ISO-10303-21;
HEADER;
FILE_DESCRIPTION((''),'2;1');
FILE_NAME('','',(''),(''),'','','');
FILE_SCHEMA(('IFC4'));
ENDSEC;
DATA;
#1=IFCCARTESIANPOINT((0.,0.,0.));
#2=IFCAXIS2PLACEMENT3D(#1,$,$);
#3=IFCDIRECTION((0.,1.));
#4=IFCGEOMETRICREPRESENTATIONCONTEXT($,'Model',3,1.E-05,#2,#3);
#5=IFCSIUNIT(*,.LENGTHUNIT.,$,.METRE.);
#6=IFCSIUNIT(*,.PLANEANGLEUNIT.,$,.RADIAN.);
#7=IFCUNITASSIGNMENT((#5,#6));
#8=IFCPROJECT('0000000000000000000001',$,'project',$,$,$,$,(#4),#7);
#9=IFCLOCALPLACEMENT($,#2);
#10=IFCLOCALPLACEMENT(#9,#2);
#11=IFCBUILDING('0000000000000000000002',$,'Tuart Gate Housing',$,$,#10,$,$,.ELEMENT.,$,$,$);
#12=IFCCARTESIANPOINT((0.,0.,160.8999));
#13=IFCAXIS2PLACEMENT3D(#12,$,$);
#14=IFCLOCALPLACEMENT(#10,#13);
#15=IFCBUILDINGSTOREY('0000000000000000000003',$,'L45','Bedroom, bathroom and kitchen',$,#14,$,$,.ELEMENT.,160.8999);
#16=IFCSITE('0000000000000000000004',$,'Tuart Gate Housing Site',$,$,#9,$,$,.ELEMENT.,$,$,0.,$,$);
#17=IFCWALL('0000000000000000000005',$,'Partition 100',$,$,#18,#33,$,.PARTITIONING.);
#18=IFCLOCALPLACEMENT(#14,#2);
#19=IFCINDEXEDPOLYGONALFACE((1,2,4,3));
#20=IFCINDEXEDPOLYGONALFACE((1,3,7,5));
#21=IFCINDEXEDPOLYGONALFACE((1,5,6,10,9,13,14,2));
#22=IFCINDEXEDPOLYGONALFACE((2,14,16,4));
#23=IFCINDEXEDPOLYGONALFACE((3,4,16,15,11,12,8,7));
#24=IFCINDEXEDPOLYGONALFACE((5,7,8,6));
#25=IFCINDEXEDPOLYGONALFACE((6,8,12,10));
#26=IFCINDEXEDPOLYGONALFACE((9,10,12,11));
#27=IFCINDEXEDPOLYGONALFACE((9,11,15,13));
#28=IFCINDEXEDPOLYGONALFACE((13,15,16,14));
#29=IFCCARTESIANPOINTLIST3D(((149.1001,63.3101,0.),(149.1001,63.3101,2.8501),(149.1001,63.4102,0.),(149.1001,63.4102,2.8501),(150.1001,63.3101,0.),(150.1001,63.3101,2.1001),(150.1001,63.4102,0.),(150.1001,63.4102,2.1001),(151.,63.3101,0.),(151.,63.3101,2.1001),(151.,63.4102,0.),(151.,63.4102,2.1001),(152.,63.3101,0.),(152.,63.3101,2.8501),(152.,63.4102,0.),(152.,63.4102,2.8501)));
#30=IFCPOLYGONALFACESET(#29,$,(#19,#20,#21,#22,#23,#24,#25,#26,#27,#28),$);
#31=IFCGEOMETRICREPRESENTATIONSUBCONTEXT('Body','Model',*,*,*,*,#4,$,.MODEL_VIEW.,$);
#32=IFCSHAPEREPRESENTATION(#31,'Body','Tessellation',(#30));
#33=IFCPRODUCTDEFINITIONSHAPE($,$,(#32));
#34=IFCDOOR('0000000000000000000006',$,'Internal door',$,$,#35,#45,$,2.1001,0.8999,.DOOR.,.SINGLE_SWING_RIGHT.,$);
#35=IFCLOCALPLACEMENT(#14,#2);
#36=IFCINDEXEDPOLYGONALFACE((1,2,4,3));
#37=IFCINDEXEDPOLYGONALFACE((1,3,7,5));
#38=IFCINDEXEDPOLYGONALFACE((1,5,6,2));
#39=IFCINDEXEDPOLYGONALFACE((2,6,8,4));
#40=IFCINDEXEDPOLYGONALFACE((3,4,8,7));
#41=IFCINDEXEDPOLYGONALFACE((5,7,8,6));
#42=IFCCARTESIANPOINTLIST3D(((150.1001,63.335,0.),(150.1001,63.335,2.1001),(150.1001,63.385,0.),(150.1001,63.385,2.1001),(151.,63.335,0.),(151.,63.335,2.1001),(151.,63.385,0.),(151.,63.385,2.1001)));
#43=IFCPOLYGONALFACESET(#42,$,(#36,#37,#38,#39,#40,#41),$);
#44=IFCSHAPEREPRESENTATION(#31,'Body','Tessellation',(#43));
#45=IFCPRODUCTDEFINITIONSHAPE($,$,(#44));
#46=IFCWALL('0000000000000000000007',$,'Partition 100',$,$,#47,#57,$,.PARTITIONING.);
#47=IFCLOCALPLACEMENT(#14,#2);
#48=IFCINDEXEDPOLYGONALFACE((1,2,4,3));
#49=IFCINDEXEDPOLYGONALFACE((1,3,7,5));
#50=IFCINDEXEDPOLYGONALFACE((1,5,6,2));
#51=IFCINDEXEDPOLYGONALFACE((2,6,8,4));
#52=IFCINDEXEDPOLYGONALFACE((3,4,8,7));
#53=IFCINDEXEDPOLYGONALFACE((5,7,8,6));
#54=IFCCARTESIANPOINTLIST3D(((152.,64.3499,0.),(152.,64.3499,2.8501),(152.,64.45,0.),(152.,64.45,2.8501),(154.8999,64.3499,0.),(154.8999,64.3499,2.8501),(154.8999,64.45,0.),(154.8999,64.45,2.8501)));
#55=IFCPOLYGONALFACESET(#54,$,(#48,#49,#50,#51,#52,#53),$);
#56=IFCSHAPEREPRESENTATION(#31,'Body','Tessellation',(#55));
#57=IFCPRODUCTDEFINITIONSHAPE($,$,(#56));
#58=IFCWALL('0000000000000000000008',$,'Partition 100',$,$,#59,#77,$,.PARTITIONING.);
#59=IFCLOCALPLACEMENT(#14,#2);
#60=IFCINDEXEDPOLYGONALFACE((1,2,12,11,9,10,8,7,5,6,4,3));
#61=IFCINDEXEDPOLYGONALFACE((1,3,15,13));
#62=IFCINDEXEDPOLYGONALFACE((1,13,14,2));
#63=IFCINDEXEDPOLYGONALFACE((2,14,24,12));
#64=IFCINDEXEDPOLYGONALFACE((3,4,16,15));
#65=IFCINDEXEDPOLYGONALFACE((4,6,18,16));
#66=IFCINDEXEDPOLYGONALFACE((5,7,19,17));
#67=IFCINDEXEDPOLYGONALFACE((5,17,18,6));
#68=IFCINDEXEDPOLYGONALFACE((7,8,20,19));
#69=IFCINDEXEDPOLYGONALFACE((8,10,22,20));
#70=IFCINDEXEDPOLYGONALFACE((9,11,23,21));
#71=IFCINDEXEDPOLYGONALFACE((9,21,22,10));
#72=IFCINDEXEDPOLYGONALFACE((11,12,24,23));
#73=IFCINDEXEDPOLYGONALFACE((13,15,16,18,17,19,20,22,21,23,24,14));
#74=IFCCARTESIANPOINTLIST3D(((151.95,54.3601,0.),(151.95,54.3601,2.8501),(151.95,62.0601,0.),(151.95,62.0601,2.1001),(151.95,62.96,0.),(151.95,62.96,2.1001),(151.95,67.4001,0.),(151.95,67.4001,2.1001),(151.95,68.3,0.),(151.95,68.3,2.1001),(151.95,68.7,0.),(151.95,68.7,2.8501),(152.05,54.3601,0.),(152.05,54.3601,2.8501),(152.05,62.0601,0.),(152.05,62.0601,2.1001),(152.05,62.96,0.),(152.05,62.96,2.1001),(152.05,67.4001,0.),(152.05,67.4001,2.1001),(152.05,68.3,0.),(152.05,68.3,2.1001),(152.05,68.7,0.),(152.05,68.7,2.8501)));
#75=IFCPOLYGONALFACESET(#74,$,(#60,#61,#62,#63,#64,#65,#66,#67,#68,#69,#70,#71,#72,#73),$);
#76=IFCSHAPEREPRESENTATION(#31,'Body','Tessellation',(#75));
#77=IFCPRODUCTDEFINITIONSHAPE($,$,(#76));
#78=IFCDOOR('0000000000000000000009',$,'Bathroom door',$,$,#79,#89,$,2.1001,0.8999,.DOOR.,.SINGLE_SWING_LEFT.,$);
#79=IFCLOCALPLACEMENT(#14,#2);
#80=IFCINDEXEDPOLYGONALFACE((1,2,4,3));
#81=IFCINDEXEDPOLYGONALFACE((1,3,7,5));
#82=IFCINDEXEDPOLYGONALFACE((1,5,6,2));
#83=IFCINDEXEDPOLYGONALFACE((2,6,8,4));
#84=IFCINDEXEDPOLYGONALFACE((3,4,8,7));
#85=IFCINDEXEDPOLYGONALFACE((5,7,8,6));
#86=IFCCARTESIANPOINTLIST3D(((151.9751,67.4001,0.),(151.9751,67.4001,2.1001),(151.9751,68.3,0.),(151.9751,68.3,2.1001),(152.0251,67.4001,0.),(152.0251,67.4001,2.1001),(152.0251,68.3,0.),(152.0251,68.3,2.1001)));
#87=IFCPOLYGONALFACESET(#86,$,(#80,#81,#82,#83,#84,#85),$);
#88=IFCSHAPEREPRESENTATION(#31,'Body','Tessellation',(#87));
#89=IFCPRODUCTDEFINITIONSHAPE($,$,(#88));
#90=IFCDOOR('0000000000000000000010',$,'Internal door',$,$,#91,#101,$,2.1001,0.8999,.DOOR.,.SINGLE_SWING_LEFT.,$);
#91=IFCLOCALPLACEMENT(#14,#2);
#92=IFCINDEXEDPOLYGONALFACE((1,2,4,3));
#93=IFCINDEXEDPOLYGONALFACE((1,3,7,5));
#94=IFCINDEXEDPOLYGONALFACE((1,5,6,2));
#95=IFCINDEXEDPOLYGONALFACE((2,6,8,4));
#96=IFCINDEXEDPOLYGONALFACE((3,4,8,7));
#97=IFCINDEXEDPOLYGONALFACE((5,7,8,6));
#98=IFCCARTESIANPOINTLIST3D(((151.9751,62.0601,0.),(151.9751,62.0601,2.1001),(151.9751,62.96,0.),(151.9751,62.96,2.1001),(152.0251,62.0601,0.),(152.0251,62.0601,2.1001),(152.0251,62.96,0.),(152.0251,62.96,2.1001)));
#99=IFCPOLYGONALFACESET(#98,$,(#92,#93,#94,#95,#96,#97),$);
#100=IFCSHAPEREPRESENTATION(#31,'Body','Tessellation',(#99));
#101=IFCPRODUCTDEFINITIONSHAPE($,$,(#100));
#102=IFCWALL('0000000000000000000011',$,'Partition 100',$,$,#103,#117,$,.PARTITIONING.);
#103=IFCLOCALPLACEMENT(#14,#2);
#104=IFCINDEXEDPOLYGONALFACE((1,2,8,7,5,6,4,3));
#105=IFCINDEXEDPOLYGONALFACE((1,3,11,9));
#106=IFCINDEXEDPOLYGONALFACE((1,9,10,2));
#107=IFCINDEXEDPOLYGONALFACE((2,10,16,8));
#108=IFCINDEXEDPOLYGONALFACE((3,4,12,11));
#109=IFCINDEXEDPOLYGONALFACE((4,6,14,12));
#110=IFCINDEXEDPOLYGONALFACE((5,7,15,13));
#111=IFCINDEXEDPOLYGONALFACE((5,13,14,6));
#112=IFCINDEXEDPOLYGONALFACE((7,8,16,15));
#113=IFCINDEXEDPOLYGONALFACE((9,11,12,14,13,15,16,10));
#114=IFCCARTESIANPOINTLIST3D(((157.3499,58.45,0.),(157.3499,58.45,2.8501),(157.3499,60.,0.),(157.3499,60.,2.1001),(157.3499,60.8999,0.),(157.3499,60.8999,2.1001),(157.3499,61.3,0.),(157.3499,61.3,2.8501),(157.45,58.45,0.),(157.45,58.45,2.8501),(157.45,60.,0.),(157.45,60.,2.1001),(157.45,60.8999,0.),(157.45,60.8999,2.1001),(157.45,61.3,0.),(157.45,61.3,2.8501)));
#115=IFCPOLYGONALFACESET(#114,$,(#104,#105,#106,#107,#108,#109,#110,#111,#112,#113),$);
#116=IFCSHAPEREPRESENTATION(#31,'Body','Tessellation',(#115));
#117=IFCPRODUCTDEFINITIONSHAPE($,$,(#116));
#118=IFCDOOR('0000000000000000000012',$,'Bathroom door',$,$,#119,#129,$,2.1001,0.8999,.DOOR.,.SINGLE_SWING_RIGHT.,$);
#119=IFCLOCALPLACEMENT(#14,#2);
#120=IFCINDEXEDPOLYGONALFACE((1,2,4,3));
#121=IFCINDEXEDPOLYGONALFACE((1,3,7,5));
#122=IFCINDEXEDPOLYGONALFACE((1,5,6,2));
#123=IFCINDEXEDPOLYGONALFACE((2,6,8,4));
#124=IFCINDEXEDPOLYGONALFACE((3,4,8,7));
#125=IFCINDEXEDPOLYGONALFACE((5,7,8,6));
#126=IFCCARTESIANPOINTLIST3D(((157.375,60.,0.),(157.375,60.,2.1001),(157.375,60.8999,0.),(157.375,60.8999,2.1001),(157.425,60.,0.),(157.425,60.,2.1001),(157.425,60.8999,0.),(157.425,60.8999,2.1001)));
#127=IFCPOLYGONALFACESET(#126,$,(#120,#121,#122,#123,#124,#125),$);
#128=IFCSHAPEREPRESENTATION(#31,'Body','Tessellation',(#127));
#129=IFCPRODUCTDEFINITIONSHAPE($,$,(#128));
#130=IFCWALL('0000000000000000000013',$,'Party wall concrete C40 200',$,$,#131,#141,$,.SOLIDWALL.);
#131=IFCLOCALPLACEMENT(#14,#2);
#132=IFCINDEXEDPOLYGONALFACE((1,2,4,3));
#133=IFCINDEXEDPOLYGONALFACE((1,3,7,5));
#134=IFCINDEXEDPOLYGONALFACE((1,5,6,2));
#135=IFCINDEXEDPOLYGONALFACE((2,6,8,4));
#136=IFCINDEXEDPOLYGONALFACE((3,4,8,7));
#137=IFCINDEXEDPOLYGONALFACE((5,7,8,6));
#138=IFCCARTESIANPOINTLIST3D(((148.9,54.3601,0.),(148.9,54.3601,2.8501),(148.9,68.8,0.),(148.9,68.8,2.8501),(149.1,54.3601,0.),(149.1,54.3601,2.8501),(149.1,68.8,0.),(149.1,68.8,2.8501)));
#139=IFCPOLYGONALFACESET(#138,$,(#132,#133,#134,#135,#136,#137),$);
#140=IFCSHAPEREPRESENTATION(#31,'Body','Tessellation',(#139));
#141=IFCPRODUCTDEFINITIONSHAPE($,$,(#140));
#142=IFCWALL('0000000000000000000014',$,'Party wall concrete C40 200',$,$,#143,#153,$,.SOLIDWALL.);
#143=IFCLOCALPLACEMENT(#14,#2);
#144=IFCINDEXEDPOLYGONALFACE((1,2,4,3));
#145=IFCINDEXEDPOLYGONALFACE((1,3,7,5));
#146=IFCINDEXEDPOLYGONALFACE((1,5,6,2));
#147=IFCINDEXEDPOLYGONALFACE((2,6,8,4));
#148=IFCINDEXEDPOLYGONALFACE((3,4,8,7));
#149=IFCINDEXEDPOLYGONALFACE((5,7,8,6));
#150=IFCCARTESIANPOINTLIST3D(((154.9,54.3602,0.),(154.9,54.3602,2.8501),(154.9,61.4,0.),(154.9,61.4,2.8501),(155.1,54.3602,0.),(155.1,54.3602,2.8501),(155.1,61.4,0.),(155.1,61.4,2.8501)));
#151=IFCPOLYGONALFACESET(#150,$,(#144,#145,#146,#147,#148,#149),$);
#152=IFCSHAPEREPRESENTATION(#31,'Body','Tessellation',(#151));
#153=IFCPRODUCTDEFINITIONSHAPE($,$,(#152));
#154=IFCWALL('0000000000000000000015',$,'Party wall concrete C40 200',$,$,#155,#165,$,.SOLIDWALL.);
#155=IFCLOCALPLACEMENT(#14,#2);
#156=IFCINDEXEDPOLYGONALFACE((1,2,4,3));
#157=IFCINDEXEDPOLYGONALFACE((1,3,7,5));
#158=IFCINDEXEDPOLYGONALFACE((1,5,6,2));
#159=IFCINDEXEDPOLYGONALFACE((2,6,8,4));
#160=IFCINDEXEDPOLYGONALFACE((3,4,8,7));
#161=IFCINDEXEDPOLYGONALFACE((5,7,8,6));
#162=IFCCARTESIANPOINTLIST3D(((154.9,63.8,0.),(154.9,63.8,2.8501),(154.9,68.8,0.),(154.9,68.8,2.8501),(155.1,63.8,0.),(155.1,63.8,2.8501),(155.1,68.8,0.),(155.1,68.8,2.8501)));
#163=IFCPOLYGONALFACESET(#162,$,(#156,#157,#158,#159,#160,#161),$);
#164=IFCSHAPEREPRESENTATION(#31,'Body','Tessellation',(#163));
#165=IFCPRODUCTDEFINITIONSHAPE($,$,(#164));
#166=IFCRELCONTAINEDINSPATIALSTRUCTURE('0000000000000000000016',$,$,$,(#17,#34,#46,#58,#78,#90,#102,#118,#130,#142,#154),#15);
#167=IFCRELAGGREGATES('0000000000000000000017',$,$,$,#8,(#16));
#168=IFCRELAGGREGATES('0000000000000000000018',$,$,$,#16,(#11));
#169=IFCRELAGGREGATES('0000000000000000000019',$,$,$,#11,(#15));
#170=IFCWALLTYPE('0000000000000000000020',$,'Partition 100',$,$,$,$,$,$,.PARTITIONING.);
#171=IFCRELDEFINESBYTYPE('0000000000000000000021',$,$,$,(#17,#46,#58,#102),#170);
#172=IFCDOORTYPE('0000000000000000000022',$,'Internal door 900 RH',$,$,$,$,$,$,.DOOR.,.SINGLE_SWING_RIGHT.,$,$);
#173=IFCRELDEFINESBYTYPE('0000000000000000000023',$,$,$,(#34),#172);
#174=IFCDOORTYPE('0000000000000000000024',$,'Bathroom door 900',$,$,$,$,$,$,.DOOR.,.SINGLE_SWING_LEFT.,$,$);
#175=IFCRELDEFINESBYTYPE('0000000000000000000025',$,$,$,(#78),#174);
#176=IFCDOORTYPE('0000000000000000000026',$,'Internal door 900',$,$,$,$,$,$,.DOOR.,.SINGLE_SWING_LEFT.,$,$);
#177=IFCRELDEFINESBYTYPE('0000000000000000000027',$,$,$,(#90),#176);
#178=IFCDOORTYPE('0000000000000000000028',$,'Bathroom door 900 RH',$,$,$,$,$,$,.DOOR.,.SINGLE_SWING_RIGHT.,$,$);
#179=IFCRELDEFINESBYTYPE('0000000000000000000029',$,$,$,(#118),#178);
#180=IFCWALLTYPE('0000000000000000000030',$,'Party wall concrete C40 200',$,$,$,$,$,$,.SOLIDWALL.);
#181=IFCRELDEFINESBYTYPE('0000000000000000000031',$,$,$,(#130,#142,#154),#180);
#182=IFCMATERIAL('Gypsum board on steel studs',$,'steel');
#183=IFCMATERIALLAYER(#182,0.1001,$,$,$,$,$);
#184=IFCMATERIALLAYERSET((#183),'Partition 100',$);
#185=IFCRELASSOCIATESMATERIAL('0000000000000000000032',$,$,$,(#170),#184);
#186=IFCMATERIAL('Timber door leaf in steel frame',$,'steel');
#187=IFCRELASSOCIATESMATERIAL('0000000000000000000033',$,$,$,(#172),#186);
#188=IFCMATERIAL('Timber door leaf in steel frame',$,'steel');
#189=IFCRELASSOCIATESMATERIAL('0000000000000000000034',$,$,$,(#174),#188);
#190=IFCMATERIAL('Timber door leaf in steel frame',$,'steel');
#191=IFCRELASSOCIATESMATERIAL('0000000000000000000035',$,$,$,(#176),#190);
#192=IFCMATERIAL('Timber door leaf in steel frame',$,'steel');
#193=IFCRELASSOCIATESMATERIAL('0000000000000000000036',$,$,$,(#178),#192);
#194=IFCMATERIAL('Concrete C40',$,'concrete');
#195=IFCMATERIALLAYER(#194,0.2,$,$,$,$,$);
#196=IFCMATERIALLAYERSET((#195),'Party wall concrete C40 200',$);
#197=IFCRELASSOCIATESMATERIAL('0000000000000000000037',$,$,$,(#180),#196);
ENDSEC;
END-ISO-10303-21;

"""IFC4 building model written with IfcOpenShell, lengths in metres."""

from ifc_helpers import new_model, si_unit, direction, frame, frame_2d, origin, place, context, subcontext, project, spatial, rectangle, extrude, material, layer, layer_set, type_object, element, fill, save


model = new_model("IFC4")

# Units and contexts
model_context = context("Model", 3, precision=1e-05, world=origin(), true_north=direction((0.0, 1.0)))
body_context = subcontext(model_context, "Body", "Model", "MODEL_VIEW")
ifc_project = project(units=[si_unit("LENGTHUNIT", "METRE"), si_unit("PLANEANGLEUNIT", "RADIAN")], contexts=[model_context])

# Site, building, storey
site_placement = place(None, origin())
site = spatial("IfcSite", under=ifc_project, at=site_placement, Name="Tuart Gate Housing Site", CompositionType="ELEMENT", RefElevation=0.0)
building_placement = place(site_placement, origin())
building = spatial("IfcBuilding", under=site, at=building_placement, Name="Tuart Gate Housing", CompositionType="ELEMENT")
storey_placement = place(building_placement, frame((0.0, 0.0, 160.8999)))
storey = spatial("IfcBuildingStorey", under=building, at=storey_placement, Name="L45", Description="Bedroom, bathroom and kitchen", CompositionType="ELEMENT", Elevation=160.8999)

# Shared definitions
ifc_material_1 = material(Name="Gypsum board on steel studs", Category="steel")
ifc_layer_1 = layer(ifc_material_1, 0.1001)
ifc_layer_set_1 = layer_set([ifc_layer_1], Name="Partition 100")
wall_type_1 = type_object("IfcWallType", Name="Partition 100", PredefinedType="PARTITIONING", material=ifc_layer_set_1)

# Wall, opening, door
wall_1_placement = place(storey_placement, frame((149.1001, 63.3601, 0.0), z_axis=(0.0, 0.0, 1.0), x_axis=(1.0, 0.0, 0.0)))
wall_1 = element("IfcWall", 1, at=wall_1_placement, inside=storey, type_object=wall_type_1, Name="Partition 100", PredefinedType="PARTITIONING", context=body_context, shape_type="SweptSolid", body=[
    extrude(rectangle(XDim=2.8999, YDim=0.1001, at=frame_2d((1.45, 0.0))), origin(), (0.0, 0.0, 1.0), 2.8501),
])
opening_1_placement = place(wall_1_placement, frame((1.0, 0.0, 0.0)))
opening_1 = element("IfcOpeningElement", 2, at=opening_1_placement, cuts=wall_1, PredefinedType="OPENING", context=body_context, shape_type="SweptSolid", body=[
    extrude(rectangle(XDim=0.8999, YDim=2.1001, at=frame_2d((0.45, 1.05))), frame((0.0, 0.0601, 0.0), z_axis=(0.0, -1.0, 0.0), x_axis=(1.0, 0.0, 0.0)), (0.0, 0.0, 1.0), 0.1201),
])
ifc_material_2 = material(Name="Timber door leaf in steel frame", Category="steel")
door_type_1 = type_object("IfcDoorType", Name="Internal door 900 RH", OperationType="SINGLE_SWING_RIGHT", PredefinedType="DOOR", material=ifc_material_2)
door_1_placement = place(opening_1_placement, origin())
door_1 = element("IfcDoor", 3, at=door_1_placement, inside=storey, type_object=door_type_1, Name="Internal door", OperationType="SINGLE_SWING_RIGHT", OverallHeight=2.1001, OverallWidth=0.8999, PredefinedType="DOOR", context=body_context, shape_type="SweptSolid", body=[
    extrude(rectangle(XDim=0.8999, YDim=2.1001, at=frame_2d((0.45, 1.05))), frame((0.0, 0.0249, 0.0), z_axis=(0.0, -1.0, 0.0), x_axis=(1.0, 0.0, 0.0)), (0.0, 0.0, 1.0), 0.05),
])
fill(opening_1, door_1)

# Wall
wall_2_placement = place(storey_placement, frame((152.0, 64.3999, 0.0), z_axis=(0.0, 0.0, 1.0), x_axis=(1.0, 0.0, 0.0)))
element("IfcWall", 4, at=wall_2_placement, inside=storey, type_object=wall_type_1, Name="Partition 100", PredefinedType="PARTITIONING", context=body_context, shape_type="SweptSolid", body=[
    extrude(rectangle(XDim=2.8999, YDim=0.1001, at=frame_2d((1.45, 0.0))), origin(), (0.0, 0.0, 1.0), 2.8501),
])

# Wall, openings, doors
wall_3_placement = place(storey_placement, frame((152.0, 54.3601, 0.0), z_axis=(0.0, 0.0, 1.0), x_axis=(0.0, 1.0, 0.0)))
wall_3 = element("IfcWall", 5, at=wall_3_placement, inside=storey, type_object=wall_type_1, Name="Partition 100", PredefinedType="PARTITIONING", context=body_context, shape_type="SweptSolid", body=[
    extrude(rectangle(XDim=14.3398, YDim=0.1001, at=frame_2d((7.1699, 0.0))), origin(), (0.0, 0.0, 1.0), 2.8501),
])
opening_2_placement = place(wall_3_placement, frame((7.7, 0.0, 0.0)))
opening_2 = element("IfcOpeningElement", 6, at=opening_2_placement, cuts=wall_3, PredefinedType="OPENING", context=body_context, shape_type="SweptSolid", body=[
    extrude(rectangle(XDim=0.8999, YDim=2.1001, at=frame_2d((0.45, 1.05))), frame((0.0, 0.0601, 0.0), z_axis=(0.0, -1.0, 0.0), x_axis=(1.0, 0.0, 0.0)), (0.0, 0.0, 1.0), 0.1201),
])
opening_3_placement = place(wall_3_placement, frame((13.04, 0.0, 0.0)))
opening_3 = element("IfcOpeningElement", 7, at=opening_3_placement, cuts=wall_3, PredefinedType="OPENING", context=body_context, shape_type="SweptSolid", body=[
    extrude(rectangle(XDim=0.8999, YDim=2.1001, at=frame_2d((0.45, 1.05))), frame((0.0, 0.0601, 0.0), z_axis=(0.0, -1.0, 0.0), x_axis=(1.0, 0.0, 0.0)), (0.0, 0.0, 1.0), 0.1201),
])
ifc_material_3 = material(Name="Timber door leaf in steel frame", Category="steel")
door_type_2 = type_object("IfcDoorType", Name="Bathroom door 900", OperationType="SINGLE_SWING_LEFT", PredefinedType="DOOR", material=ifc_material_3)
door_2_placement = place(opening_3_placement, frame((0.8999, 0.0, 0.0), z_axis=(0.0, 0.0, 1.0), x_axis=(-1.0, 0.0, 0.0)))
door_2 = element("IfcDoor", 8, at=door_2_placement, inside=storey, type_object=door_type_2, Name="Bathroom door", OperationType="SINGLE_SWING_LEFT", OverallHeight=2.1001, OverallWidth=0.8999, PredefinedType="DOOR", context=body_context, shape_type="SweptSolid", body=[
    extrude(rectangle(XDim=0.8999, YDim=2.1001, at=frame_2d((0.45, 1.05))), frame((0.0, 0.0251, 0.0), z_axis=(0.0, -1.0, 0.0), x_axis=(1.0, 0.0, 0.0)), (0.0, 0.0, 1.0), 0.05),
])
fill(opening_3, door_2)
ifc_material_4 = material(Name="Timber door leaf in steel frame", Category="steel")
door_type_3 = type_object("IfcDoorType", Name="Internal door 900", OperationType="SINGLE_SWING_LEFT", PredefinedType="DOOR", material=ifc_material_4)
door_3_placement = place(opening_2_placement, frame((0.8999, 0.0, 0.0), z_axis=(0.0, 0.0, 1.0), x_axis=(-1.0, 0.0, 0.0)))
door_3 = element("IfcDoor", 9, at=door_3_placement, inside=storey, type_object=door_type_3, Name="Internal door", OperationType="SINGLE_SWING_LEFT", OverallHeight=2.1001, OverallWidth=0.8999, PredefinedType="DOOR", context=body_context, shape_type="SweptSolid", body=[
    extrude(rectangle(XDim=0.8999, YDim=2.1001, at=frame_2d((0.45, 1.05))), frame((0.0, 0.0251, 0.0), z_axis=(0.0, -1.0, 0.0), x_axis=(1.0, 0.0, 0.0)), (0.0, 0.0, 1.0), 0.05),
])
fill(opening_2, door_3)

# Wall, opening, door
wall_4_placement = place(storey_placement, frame((157.3999, 58.45, 0.0), z_axis=(0.0, 0.0, 1.0), x_axis=(0.0, 1.0, 0.0)))
wall_4 = element("IfcWall", 10, at=wall_4_placement, inside=storey, type_object=wall_type_1, Name="Partition 100", PredefinedType="PARTITIONING", context=body_context, shape_type="SweptSolid", body=[
    extrude(rectangle(XDim=2.8501, YDim=0.1001, at=frame_2d((1.425, 0.0))), origin(), (0.0, 0.0, 1.0), 2.8501),
])
opening_4_placement = place(wall_4_placement, frame((1.55, 0.0, 0.0)))
opening_4 = element("IfcOpeningElement", 11, at=opening_4_placement, cuts=wall_4, PredefinedType="OPENING", context=body_context, shape_type="SweptSolid", body=[
    extrude(rectangle(XDim=0.8999, YDim=2.1001, at=frame_2d((0.45, 1.05))), frame((0.0, 0.0601, 0.0), z_axis=(0.0, -1.0, 0.0), x_axis=(1.0, 0.0, 0.0)), (0.0, 0.0, 1.0), 0.1201),
])
ifc_material_5 = material(Name="Timber door leaf in steel frame", Category="steel")
door_type_4 = type_object("IfcDoorType", Name="Bathroom door 900 RH", OperationType="SINGLE_SWING_RIGHT", PredefinedType="DOOR", material=ifc_material_5)
door_4_placement = place(opening_4_placement, origin())
door_4 = element("IfcDoor", 12, at=door_4_placement, inside=storey, type_object=door_type_4, Name="Bathroom door", OperationType="SINGLE_SWING_RIGHT", OverallHeight=2.1001, OverallWidth=0.8999, PredefinedType="DOOR", context=body_context, shape_type="SweptSolid", body=[
    extrude(rectangle(XDim=0.8999, YDim=2.1001, at=frame_2d((0.45, 1.05))), frame((0.0, 0.0249, 0.0), z_axis=(0.0, -1.0, 0.0), x_axis=(1.0, 0.0, 0.0)), (0.0, 0.0, 1.0), 0.05),
])
fill(opening_4, door_4)

# Walls
ifc_material_6 = material(Name="Concrete C40", Category="concrete")
ifc_layer_2 = layer(ifc_material_6, 0.2)
ifc_layer_set_2 = layer_set([ifc_layer_2], Name="Party wall concrete C40 200")
wall_type_2 = type_object("IfcWallType", Name="Party wall concrete C40 200", PredefinedType="SOLIDWALL", material=ifc_layer_set_2)
wall_5_placement = place(storey_placement, frame((149.0, 54.3601, 0.0), z_axis=(0.0, 0.0, 1.0), x_axis=(0.0, 1.0, 0.0)))
element("IfcWall", 13, at=wall_5_placement, inside=storey, type_object=wall_type_2, Name="Party wall concrete C40 200", PredefinedType="SOLIDWALL", context=body_context, shape_type="SweptSolid", body=[
    extrude(rectangle(XDim=14.4399, YDim=0.2, at=frame_2d((7.22, 0.0))), origin(), (0.0, 0.0, 1.0), 2.8501),
])
wall_6_placement = place(storey_placement, frame((155.0, 54.3601, 0.0), z_axis=(0.0, 0.0, 1.0), x_axis=(0.0, 1.0, 0.0)))
element("IfcWall", 14, at=wall_6_placement, inside=storey, type_object=wall_type_2, Name="Party wall concrete C40 200", PredefinedType="SOLIDWALL", context=body_context, shape_type="SweptSolid", body=[
    extrude(rectangle(XDim=7.0398, YDim=0.2, at=frame_2d((3.52, 0.0))), origin(), (0.0, 0.0, 1.0), 2.8501),
])
wall_7_placement = place(storey_placement, frame((155.0, 63.8, 0.0), z_axis=(0.0, 0.0, 1.0), x_axis=(0.0, 1.0, 0.0)))
element("IfcWall", 15, at=wall_7_placement, inside=storey, type_object=wall_type_2, Name="Party wall concrete C40 200", PredefinedType="SOLIDWALL", context=body_context, shape_type="SweptSolid", body=[
    extrude(rectangle(XDim=5.0, YDim=0.2, at=frame_2d((2.5, 0.0))), origin(), (0.0, 0.0, 1.0), 2.8501),
])

save(model, "model.ifc")
